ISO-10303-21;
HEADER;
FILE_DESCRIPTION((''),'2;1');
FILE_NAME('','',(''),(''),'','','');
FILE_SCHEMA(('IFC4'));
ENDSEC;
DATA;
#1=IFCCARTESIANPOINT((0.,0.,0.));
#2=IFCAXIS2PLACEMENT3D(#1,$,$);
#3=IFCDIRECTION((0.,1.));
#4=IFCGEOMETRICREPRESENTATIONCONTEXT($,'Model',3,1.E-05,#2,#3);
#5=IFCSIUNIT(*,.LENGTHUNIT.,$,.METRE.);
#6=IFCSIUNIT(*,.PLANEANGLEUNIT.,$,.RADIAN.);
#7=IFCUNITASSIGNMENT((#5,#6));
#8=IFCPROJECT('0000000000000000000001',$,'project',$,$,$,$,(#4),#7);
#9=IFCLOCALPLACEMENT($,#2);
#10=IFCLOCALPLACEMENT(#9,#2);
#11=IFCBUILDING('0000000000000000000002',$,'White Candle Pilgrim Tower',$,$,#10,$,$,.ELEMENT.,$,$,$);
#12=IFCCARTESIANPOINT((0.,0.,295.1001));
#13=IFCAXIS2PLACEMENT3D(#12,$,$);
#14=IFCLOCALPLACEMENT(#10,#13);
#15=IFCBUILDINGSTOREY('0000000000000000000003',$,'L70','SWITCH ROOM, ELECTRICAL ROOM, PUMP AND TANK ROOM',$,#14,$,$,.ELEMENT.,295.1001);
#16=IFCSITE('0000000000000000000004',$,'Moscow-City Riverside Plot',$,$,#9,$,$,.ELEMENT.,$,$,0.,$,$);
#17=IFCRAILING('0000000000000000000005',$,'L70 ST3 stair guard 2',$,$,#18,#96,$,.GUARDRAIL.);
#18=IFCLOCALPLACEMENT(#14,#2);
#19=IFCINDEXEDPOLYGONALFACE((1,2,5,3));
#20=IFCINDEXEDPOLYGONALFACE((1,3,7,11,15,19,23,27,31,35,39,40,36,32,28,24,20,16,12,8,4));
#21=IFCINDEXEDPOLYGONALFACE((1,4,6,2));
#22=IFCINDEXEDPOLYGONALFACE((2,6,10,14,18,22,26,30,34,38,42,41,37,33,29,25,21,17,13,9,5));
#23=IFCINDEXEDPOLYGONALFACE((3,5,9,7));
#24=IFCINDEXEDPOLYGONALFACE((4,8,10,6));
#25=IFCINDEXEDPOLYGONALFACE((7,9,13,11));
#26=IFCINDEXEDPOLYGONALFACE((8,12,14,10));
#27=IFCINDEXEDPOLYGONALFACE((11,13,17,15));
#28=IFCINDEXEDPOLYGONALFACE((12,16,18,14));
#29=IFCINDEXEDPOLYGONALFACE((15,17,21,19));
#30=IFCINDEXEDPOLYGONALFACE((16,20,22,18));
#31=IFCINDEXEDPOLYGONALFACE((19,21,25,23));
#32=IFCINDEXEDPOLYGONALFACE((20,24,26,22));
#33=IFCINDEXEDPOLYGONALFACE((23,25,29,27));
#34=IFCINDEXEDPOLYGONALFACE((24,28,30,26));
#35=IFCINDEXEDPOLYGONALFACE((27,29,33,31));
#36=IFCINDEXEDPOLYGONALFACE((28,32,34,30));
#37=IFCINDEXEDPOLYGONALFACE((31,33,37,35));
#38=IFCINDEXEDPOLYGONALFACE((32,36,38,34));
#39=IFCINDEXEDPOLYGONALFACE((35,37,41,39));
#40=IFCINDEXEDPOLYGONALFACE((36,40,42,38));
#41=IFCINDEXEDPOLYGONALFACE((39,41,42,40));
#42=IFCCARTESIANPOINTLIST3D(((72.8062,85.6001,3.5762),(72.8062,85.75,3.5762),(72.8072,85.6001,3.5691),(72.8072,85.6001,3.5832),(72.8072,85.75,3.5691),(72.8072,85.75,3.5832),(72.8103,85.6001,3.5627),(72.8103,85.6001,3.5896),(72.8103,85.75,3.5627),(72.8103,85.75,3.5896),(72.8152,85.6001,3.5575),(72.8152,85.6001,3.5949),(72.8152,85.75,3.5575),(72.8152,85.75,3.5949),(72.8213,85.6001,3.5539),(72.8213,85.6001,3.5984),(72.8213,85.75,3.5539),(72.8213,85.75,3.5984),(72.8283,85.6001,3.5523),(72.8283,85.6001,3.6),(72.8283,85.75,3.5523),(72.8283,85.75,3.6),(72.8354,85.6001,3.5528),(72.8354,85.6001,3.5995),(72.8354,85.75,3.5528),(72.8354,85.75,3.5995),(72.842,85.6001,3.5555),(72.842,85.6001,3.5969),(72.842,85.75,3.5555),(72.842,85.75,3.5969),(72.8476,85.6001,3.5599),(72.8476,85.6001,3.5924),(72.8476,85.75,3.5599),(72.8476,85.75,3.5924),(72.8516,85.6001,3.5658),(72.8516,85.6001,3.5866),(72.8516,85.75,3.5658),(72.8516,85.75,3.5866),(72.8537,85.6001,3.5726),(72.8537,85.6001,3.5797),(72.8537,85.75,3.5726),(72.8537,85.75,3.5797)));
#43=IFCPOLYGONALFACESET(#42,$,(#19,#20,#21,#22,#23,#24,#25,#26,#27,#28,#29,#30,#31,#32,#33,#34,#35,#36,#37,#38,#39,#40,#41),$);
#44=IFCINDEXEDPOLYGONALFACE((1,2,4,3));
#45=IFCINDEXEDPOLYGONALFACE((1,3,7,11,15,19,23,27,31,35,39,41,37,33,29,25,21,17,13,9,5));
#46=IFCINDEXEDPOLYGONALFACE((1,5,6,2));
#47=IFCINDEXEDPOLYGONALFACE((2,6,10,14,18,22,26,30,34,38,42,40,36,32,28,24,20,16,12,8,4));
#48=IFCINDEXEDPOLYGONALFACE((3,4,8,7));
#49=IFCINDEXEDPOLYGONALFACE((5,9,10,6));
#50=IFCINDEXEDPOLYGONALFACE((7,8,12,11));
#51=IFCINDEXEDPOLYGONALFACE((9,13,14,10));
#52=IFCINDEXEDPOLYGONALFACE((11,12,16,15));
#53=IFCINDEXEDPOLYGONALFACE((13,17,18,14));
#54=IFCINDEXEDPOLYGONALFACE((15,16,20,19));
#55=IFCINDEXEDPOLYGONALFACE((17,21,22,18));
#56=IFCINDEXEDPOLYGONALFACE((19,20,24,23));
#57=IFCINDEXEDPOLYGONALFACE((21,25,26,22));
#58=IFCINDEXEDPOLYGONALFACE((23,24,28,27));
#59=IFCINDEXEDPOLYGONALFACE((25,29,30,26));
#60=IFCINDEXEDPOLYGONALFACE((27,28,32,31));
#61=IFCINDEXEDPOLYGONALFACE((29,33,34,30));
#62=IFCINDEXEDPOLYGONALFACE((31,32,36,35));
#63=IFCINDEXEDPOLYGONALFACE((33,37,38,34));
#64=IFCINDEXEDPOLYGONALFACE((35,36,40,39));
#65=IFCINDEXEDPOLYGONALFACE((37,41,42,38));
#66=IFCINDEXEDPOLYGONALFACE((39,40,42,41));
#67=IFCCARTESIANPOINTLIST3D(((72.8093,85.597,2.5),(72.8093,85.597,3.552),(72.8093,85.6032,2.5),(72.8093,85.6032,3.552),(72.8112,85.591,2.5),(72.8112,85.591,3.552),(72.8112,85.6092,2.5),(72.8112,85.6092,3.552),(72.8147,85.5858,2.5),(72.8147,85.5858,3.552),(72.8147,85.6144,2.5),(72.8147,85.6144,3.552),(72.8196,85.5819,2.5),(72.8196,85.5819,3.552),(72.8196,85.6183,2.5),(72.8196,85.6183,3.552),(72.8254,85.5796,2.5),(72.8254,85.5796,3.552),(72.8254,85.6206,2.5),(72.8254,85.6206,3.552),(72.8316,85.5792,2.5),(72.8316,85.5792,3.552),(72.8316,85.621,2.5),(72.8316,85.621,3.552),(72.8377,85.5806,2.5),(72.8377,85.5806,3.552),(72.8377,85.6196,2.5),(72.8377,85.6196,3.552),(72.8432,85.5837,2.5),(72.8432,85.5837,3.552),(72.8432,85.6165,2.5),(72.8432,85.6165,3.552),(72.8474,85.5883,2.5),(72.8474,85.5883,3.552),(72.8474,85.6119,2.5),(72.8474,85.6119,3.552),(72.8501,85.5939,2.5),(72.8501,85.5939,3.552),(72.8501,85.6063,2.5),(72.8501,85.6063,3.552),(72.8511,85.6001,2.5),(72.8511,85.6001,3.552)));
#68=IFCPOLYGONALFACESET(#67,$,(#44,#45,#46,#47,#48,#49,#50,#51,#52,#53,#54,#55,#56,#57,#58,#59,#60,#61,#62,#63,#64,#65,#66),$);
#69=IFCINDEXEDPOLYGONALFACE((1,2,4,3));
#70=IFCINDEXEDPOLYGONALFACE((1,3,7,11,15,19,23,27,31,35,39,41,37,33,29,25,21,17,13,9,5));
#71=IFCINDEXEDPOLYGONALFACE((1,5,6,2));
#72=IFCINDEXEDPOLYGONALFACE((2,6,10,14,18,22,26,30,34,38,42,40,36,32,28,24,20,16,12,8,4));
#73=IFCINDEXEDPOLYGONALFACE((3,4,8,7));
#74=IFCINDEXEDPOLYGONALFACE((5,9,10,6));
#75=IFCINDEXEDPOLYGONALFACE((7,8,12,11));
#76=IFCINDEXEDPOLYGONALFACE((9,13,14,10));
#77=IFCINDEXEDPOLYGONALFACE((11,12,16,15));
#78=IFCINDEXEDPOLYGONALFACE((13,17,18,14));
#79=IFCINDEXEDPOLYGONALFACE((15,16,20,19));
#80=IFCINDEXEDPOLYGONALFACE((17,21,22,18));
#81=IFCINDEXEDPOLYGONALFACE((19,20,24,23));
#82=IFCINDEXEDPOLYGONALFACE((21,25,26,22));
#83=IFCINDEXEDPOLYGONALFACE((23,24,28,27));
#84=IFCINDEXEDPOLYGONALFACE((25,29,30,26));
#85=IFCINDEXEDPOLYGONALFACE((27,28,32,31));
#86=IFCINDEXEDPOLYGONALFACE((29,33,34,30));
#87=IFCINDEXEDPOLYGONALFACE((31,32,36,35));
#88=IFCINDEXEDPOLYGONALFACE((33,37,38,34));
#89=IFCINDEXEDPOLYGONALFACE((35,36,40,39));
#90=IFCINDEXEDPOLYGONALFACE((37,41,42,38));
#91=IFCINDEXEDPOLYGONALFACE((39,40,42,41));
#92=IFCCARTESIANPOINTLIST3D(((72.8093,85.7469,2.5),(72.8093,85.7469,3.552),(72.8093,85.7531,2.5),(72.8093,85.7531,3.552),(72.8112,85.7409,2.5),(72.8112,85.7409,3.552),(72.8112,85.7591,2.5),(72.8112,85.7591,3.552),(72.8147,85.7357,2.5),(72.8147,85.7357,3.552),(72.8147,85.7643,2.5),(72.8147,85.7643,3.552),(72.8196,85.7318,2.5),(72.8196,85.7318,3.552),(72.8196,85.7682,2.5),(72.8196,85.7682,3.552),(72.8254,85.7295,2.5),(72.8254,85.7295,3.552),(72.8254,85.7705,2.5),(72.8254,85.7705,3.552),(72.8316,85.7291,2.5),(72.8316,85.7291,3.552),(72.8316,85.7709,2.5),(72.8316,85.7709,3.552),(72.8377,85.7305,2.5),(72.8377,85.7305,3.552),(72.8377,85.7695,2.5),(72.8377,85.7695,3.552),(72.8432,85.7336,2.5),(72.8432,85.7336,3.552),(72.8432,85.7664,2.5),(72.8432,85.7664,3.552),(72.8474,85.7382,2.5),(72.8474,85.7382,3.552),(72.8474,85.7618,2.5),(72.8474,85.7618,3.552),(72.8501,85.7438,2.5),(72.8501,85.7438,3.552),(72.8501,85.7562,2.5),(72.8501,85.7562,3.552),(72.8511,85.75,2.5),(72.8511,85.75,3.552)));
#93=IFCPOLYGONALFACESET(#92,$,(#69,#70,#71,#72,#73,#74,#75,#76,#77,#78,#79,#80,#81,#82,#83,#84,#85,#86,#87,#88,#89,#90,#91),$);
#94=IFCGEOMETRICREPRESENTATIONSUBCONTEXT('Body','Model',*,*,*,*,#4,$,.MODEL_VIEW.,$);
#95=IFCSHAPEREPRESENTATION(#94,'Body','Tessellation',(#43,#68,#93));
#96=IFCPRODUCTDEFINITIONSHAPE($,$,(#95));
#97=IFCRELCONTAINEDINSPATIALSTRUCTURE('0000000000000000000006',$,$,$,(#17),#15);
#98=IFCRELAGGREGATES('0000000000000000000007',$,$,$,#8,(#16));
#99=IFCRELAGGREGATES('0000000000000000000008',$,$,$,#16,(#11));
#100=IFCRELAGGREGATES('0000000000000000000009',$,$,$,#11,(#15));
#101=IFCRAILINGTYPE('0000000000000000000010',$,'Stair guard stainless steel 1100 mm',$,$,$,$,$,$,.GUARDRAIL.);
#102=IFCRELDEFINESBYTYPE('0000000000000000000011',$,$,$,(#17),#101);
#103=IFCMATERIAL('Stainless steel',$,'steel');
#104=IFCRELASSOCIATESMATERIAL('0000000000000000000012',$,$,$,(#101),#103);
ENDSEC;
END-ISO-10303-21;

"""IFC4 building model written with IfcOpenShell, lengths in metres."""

from ifc_helpers import new_model, si_unit, direction, frame, origin, origin_2d, place, context, subcontext, project, spatial, circle, extrude, material, type_object, element, save


model = new_model("IFC4")

# Units and contexts
model_context = context("Model", 3, precision=1e-05, world=origin(), true_north=direction((0.0, 1.0)))
body_context = subcontext(model_context, "Body", "Model", "MODEL_VIEW")
ifc_project = project(units=[si_unit("LENGTHUNIT", "METRE"), si_unit("PLANEANGLEUNIT", "RADIAN")], contexts=[model_context])

# Site, building, storey
site_placement = place(None, origin())
site = spatial("IfcSite", under=ifc_project, at=site_placement, Name="Moscow-City Riverside Plot", CompositionType="ELEMENT", RefElevation=0.0)
building_placement = place(site_placement, origin())
building = spatial("IfcBuilding", under=site, at=building_placement, Name="White Candle Pilgrim Tower", CompositionType="ELEMENT")
storey_placement = place(building_placement, frame((0.0, 0.0, 295.1001)))
storey = spatial("IfcBuildingStorey", under=building, at=storey_placement, Name="L70", Description="SWITCH ROOM, ELECTRICAL ROOM, PUMP AND TANK ROOM", CompositionType="ELEMENT", Elevation=295.1001)

# Railing
ifc_material_1 = material(Name="Stainless steel", Category="steel")
railing_type_1 = type_object("IfcRailingType", Name="Stair guard stainless steel 1100 mm", PredefinedType="GUARDRAIL", material=ifc_material_1)
railing_1_placement = place(storey_placement, frame((72.8301, 85.6001, 2.5)))
element("IfcRailing", 1, at=railing_1_placement, inside=storey, type_object=railing_type_1, Name="L70 ST3 stair guard 2", PredefinedType="GUARDRAIL", context=body_context, shape_type="SweptSolid", body=[
    extrude(circle(Radius=0.0239, at=origin_2d()), frame((0.0, 0.0, 1.0762), z_axis=(0.0, 1.0, 0.0), x_axis=(-1.0, 0.0, 0.0)), (0.0, 0.0, 1.0), 0.1499),
    extrude(circle(Radius=0.021, at=origin_2d()), origin(), (0.0, 0.0, 1.0), 1.052),
    extrude(circle(Radius=0.021, at=origin_2d()), frame((0.0, 0.1499, 0.0)), (0.0, 0.0, 1.0), 1.052),
])

save(model, "model.ifc")
